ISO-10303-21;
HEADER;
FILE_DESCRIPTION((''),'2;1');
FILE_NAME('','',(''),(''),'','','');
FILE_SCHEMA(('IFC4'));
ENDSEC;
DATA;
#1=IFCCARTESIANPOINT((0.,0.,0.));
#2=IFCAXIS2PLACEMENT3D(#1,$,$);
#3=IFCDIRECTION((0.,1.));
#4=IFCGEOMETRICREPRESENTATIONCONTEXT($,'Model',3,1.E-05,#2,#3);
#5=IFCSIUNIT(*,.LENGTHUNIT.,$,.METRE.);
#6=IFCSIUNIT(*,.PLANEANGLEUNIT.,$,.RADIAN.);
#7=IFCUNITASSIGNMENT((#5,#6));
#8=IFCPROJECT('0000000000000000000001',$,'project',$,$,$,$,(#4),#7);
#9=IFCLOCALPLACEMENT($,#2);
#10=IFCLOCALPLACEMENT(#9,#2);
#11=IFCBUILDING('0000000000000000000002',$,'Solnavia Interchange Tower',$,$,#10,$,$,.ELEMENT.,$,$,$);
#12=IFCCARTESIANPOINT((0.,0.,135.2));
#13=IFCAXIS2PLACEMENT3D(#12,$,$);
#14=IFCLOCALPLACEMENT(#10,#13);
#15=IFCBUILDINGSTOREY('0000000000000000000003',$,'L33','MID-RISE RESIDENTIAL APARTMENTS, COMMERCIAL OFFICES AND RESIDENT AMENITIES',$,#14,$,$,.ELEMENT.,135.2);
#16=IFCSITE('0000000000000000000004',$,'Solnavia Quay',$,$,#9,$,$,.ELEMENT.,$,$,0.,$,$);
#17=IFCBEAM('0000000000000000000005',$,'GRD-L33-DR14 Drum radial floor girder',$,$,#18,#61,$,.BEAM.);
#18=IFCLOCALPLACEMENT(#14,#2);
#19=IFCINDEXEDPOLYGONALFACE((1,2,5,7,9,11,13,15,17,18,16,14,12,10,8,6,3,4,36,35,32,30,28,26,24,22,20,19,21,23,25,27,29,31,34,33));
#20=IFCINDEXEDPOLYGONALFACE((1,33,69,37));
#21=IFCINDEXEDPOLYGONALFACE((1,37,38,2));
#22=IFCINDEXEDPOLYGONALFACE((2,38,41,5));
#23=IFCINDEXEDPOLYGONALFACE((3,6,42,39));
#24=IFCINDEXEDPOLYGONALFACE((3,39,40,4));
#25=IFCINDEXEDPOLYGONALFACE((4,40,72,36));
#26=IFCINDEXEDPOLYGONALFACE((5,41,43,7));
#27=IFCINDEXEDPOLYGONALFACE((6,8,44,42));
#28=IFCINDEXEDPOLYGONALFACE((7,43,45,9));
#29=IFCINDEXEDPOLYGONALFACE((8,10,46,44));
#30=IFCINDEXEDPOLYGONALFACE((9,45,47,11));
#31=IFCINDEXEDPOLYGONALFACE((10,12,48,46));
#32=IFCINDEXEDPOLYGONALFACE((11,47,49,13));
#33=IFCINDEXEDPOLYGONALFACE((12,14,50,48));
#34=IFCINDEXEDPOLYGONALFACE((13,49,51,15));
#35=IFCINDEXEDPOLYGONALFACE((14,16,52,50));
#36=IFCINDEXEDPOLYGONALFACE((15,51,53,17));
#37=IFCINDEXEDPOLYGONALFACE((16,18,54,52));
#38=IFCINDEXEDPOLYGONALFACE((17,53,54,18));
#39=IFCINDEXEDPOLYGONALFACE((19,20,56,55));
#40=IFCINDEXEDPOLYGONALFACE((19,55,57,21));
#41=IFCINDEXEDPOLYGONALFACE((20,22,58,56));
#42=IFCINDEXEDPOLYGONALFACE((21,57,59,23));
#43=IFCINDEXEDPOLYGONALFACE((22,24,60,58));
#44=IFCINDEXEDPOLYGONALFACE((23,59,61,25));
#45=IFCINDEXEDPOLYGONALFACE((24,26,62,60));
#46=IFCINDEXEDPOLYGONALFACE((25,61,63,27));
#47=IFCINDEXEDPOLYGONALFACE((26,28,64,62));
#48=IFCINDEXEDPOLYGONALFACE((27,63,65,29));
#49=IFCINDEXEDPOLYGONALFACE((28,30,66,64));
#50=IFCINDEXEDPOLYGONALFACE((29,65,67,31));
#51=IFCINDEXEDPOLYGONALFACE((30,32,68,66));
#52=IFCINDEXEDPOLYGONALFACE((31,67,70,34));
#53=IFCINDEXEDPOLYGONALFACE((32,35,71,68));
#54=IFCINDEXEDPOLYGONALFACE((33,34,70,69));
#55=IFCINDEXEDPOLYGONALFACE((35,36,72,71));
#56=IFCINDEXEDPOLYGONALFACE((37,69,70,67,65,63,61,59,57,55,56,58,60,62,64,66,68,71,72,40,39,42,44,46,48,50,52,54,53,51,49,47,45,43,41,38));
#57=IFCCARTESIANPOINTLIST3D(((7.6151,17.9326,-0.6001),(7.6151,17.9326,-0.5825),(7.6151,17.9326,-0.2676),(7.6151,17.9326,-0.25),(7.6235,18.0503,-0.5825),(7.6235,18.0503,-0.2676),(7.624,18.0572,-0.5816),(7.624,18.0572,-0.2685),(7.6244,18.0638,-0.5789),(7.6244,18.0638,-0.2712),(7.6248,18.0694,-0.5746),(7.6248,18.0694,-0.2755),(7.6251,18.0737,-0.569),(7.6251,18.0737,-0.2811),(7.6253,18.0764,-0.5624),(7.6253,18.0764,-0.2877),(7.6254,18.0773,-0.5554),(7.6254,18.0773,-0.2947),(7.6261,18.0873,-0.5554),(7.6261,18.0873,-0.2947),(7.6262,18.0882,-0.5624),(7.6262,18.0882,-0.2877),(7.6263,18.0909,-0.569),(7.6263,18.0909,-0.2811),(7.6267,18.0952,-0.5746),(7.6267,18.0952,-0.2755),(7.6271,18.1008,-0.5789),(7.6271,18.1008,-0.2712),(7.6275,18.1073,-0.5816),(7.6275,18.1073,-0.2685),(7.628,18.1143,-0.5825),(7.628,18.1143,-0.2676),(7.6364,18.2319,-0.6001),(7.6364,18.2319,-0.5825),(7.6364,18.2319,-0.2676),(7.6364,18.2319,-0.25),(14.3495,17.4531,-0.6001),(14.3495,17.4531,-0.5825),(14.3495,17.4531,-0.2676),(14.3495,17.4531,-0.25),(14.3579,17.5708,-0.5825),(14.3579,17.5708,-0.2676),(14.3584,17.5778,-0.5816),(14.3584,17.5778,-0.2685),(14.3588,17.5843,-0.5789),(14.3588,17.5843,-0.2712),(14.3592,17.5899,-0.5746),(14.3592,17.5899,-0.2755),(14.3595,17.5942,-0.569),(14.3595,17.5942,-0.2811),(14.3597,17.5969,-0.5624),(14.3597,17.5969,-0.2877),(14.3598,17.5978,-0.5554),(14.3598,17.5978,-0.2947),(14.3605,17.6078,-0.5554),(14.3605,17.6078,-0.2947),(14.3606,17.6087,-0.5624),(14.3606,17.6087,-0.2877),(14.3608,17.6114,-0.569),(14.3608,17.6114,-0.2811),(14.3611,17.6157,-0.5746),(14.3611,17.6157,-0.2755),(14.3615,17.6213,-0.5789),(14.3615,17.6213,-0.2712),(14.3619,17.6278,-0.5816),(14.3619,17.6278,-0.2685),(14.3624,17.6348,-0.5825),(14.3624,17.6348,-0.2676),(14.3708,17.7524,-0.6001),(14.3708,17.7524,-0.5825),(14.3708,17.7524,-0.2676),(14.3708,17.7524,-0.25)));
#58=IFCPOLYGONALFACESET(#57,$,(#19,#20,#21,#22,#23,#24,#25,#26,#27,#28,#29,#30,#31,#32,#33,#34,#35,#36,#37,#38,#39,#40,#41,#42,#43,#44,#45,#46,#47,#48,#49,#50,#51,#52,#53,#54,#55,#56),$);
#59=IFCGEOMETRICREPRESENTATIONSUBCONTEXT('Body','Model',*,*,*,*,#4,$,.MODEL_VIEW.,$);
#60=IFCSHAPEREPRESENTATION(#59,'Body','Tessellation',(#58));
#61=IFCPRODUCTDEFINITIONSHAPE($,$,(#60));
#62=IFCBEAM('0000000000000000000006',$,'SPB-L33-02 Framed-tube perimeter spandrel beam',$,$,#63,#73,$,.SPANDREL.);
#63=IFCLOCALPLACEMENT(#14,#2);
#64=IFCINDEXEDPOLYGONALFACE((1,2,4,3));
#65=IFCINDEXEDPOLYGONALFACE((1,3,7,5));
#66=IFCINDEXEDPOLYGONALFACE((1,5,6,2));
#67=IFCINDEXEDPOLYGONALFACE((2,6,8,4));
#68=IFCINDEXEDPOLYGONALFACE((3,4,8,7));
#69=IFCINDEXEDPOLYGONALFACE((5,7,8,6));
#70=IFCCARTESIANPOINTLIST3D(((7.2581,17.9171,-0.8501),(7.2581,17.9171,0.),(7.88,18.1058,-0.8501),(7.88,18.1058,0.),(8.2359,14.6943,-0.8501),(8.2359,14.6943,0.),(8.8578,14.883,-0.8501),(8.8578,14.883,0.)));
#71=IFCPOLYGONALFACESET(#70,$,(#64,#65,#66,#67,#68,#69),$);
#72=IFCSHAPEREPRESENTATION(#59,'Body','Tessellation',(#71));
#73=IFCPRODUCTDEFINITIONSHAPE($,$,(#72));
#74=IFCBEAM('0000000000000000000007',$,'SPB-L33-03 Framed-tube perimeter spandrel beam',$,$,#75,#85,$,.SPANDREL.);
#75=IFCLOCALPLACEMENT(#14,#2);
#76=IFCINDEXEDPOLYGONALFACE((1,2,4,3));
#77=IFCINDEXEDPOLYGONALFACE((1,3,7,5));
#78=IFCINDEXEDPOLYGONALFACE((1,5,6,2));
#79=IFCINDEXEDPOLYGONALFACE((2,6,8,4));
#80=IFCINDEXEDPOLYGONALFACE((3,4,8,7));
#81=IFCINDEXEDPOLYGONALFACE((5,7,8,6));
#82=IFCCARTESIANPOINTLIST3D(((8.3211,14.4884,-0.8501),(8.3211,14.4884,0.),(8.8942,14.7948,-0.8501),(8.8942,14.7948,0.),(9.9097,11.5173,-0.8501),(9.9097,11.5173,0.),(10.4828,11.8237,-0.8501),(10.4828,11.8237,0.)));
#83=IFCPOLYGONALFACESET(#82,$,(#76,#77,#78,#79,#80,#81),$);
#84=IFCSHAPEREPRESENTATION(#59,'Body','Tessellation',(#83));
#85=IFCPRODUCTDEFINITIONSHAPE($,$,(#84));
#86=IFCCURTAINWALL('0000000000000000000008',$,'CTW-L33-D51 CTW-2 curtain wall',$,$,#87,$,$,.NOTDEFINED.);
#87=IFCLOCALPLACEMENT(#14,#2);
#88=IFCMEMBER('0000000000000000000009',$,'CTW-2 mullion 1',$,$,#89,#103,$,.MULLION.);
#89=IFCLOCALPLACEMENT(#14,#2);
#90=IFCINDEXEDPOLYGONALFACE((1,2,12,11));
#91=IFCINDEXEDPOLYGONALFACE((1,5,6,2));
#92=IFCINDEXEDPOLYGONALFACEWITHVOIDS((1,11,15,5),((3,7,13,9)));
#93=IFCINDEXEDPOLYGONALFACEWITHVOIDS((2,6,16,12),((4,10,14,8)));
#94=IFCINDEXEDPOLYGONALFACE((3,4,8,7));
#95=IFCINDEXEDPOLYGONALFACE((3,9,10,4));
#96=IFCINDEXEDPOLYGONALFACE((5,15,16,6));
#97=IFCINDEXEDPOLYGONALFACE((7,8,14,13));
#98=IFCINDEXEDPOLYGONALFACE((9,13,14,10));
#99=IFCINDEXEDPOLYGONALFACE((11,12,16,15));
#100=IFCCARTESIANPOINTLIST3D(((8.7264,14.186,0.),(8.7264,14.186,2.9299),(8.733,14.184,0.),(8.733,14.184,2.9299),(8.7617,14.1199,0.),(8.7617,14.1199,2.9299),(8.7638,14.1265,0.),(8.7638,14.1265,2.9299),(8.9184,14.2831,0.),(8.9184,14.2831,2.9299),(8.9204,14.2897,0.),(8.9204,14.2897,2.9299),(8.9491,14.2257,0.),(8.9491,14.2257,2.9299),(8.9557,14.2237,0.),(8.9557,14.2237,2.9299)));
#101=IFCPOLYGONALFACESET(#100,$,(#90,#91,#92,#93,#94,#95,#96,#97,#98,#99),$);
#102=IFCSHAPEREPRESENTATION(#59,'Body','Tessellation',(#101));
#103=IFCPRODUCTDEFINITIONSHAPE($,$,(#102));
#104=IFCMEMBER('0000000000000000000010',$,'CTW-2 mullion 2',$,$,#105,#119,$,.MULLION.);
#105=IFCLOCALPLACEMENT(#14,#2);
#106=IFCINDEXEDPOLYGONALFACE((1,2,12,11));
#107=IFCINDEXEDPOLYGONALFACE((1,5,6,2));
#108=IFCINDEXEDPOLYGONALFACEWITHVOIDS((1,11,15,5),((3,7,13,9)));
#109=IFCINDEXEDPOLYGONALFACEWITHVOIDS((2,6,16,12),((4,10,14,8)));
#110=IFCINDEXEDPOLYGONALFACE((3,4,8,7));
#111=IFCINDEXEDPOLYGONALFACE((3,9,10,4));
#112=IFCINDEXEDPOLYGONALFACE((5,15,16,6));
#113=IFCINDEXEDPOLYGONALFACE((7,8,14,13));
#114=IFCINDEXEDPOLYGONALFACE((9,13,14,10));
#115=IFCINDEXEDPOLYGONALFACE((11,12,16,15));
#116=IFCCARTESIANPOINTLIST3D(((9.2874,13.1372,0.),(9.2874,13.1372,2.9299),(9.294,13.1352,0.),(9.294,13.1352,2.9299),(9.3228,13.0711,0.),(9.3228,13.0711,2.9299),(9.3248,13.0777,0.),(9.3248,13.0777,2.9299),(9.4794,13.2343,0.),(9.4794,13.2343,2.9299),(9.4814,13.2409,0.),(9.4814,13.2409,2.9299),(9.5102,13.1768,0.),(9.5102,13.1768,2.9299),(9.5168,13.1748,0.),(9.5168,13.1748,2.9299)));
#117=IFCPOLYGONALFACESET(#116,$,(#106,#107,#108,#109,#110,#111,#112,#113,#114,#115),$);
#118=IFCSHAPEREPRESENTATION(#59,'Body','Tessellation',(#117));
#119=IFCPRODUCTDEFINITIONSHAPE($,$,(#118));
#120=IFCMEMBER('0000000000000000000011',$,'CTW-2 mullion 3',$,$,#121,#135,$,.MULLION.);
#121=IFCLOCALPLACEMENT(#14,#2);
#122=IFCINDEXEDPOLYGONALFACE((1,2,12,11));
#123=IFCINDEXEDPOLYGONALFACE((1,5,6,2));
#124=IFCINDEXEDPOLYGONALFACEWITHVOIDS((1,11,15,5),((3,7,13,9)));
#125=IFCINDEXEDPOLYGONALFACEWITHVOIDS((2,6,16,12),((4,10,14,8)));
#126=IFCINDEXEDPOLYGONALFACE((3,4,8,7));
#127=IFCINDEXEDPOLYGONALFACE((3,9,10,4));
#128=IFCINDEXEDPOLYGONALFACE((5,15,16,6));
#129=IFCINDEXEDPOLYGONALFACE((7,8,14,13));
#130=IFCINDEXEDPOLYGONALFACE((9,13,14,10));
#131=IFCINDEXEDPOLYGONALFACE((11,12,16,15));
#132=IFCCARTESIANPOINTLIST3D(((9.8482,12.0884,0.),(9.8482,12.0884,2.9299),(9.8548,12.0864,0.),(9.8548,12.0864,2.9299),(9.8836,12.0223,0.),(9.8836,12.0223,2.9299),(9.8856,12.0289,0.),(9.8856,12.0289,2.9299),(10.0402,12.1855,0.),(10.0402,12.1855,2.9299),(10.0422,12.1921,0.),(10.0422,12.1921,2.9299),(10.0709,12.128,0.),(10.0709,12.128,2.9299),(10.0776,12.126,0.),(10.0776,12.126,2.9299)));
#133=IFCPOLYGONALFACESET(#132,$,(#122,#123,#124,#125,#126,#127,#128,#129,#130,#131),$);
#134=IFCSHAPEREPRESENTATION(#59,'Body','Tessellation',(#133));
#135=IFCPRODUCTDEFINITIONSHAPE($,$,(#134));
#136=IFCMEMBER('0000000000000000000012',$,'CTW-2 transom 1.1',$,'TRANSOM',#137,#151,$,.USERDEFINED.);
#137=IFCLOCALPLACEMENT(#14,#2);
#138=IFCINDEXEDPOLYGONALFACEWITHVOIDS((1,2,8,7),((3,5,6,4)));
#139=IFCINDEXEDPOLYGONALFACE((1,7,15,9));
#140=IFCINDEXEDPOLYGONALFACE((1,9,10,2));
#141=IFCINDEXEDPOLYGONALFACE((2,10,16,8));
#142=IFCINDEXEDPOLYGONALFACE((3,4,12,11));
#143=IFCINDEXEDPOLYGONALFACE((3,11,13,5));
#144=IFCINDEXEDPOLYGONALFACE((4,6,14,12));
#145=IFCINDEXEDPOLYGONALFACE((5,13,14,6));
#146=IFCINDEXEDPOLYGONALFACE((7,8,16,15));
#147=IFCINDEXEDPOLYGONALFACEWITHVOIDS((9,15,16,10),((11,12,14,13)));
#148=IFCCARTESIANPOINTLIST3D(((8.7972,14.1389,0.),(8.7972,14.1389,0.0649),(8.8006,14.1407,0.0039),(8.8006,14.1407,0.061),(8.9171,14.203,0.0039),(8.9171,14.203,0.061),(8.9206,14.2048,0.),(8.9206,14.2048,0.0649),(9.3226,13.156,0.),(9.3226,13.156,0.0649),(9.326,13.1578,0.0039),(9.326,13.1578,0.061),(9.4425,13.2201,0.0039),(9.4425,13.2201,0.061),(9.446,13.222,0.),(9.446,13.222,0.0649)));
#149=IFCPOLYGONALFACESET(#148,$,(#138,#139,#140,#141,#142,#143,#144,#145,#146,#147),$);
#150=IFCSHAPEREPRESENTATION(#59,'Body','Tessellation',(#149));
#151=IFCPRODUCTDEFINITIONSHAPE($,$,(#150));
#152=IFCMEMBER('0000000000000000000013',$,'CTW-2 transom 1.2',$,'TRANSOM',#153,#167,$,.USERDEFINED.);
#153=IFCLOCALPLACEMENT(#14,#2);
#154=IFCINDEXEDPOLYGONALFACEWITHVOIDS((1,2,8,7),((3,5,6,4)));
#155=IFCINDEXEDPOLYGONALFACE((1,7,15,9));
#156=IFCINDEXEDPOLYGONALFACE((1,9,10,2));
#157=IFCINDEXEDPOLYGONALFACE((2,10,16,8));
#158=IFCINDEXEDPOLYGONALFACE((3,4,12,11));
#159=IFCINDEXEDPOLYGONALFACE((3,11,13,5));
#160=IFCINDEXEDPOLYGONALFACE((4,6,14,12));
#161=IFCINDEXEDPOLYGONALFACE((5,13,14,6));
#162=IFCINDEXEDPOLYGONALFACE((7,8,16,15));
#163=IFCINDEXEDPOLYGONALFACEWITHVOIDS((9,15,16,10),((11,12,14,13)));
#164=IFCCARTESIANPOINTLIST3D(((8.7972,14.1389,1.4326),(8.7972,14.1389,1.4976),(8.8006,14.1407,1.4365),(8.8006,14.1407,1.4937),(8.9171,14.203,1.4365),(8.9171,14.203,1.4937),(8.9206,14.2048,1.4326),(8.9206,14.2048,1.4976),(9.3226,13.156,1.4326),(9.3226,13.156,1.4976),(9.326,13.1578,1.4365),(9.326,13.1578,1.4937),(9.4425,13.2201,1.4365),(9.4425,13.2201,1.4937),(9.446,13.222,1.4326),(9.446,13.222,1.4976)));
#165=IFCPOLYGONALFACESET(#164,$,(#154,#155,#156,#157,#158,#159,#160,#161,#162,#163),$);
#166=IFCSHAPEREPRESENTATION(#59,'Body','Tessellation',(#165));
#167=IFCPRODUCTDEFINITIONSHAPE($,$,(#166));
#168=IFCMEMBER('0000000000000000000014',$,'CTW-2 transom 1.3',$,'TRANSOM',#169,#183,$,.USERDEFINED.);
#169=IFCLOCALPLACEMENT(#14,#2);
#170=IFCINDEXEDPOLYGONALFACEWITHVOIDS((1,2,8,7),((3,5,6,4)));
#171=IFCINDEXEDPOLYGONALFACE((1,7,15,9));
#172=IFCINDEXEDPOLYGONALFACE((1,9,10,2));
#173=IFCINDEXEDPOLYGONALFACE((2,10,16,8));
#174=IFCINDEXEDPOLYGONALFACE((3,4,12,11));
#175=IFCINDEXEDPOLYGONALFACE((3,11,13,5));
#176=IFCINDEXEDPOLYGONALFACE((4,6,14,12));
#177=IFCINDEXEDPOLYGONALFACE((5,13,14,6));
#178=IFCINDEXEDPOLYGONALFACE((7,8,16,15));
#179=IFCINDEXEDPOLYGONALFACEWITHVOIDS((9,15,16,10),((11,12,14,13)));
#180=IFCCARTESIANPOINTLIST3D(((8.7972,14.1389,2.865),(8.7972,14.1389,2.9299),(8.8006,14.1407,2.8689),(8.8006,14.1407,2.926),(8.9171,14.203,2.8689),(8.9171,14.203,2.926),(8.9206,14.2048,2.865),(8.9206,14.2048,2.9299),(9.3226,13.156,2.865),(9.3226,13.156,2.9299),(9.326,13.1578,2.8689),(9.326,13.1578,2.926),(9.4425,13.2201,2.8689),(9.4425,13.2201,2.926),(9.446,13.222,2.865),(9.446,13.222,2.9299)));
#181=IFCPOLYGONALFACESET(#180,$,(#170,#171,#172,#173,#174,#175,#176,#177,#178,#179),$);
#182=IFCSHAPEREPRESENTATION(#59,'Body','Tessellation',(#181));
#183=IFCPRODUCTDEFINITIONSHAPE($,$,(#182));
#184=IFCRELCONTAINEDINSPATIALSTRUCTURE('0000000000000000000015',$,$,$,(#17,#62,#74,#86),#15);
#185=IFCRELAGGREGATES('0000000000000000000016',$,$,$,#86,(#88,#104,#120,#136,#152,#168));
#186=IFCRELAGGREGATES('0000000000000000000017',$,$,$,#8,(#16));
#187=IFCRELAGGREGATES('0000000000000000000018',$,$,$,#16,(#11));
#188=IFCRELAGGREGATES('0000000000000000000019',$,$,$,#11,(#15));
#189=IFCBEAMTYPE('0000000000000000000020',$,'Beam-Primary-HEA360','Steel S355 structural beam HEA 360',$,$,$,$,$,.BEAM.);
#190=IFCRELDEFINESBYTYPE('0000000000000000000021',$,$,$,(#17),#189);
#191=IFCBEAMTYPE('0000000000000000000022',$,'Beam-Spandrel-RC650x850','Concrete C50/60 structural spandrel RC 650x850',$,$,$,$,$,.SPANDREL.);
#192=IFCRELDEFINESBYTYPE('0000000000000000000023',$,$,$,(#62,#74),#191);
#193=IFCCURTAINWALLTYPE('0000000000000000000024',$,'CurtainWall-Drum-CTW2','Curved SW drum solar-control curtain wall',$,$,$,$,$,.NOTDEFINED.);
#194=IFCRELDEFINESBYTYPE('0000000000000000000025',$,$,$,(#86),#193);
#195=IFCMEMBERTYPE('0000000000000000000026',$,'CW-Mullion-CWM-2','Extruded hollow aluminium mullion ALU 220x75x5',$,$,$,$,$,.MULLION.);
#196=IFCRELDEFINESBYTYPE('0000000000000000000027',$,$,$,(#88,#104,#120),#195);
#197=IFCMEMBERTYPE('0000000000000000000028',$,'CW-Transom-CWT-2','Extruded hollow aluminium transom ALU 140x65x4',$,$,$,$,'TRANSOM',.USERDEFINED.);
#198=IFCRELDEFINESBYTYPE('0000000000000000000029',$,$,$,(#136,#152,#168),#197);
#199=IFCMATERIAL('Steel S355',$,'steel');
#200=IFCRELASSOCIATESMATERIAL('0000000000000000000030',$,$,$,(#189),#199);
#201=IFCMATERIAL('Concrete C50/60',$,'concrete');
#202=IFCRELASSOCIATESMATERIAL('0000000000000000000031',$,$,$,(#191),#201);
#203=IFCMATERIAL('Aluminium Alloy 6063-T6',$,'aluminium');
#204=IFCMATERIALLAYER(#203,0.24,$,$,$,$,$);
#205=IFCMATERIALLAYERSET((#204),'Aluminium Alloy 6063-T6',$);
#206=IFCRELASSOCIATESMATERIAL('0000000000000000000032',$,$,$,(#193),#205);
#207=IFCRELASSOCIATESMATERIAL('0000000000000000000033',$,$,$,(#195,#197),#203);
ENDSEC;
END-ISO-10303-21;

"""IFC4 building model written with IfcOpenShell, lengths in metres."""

from ifc_helpers import new_model, si_unit, direction, frame, origin, origin_2d, place, context, subcontext, project, spatial, rectangle, hollow_rectangle, i_section, extrude, material, layer, layer_set, material_profile, profile_set, type_object, element, aggregate, save


model = new_model("IFC4")

# Units and contexts
model_context = context("Model", 3, precision=1e-05, world=origin(), true_north=direction((0.0, 1.0)))
body_context = subcontext(model_context, "Body", "Model", "MODEL_VIEW")
ifc_project = project(units=[si_unit("LENGTHUNIT", "METRE"), si_unit("PLANEANGLEUNIT", "RADIAN")], contexts=[model_context])

# Site, building, storey
site_placement = place(None, origin())
site = spatial("IfcSite", under=ifc_project, at=site_placement, Name="Solnavia Quay", CompositionType="ELEMENT", RefElevation=0.0)
building_placement = place(site_placement, origin())
building = spatial("IfcBuilding", under=site, at=building_placement, Name="Solnavia Interchange Tower", CompositionType="ELEMENT")
storey_placement = place(building_placement, frame((0.0, 0.0, 135.2)))
storey = spatial("IfcBuildingStorey", under=building, at=storey_placement, Name="L33", Description="MID-RISE RESIDENTIAL APARTMENTS, COMMERCIAL OFFICES AND RESIDENT AMENITIES", CompositionType="ELEMENT", Elevation=135.2)

# Shared definitions
ifc_material_1 = material(Name="Concrete C50/60", Category="concrete")

# Beams
ifc_material_2 = material(Name="Steel S355", Category="steel")
ifc_material_profile_1 = material_profile(ifc_material_2, i_section(OverallWidth=0.3, OverallDepth=0.3501, WebThickness=0.01, FlangeThickness=0.0176, FilletRadius=0.0271, at=origin_2d()), Name="HEA 360")
ifc_profile_set_1 = profile_set([ifc_material_profile_1], Name="Steel S355")
beam_type_1 = type_object("IfcBeamType", Name="Beam-Primary-HEA360", Description="Steel S355 structural beam HEA 360", PredefinedType="BEAM", material=ifc_profile_set_1)
beam_1_placement = place(storey_placement, frame((7.6257, 18.0823, -0.425), z_axis=(0.997475, -0.071021, 0.0), x_axis=(0.071021, 0.997475, 0.0)))
element("IfcBeam", 1, at=beam_1_placement, inside=storey, type_object=beam_type_1, Name="GRD-L33-DR14 Drum radial floor girder", PredefinedType="BEAM", context=body_context, shape_type="SweptSolid", body=[
    extrude(i_section(OverallWidth=0.3, OverallDepth=0.3501, WebThickness=0.01, FlangeThickness=0.0176, FilletRadius=0.0271, at=origin_2d()), origin(), (0.0, 0.0, 1.0), 6.7515),
])
ifc_material_profile_2 = material_profile(ifc_material_1, rectangle(XDim=0.6499, YDim=0.8501, at=origin_2d()), Name="RC 650x850")
ifc_profile_set_2 = profile_set([ifc_material_profile_2], Name="Concrete C50/60")
beam_type_2 = type_object("IfcBeamType", Name="Beam-Spandrel-RC650x850", Description="Concrete C50/60 structural spandrel RC 650x850", PredefinedType="SPANDREL", material=ifc_profile_set_2)
beam_2_placement = place(storey_placement, frame((7.5691, 18.0115, -0.425), z_axis=(0.290319, -0.95693, 0.0), x_axis=(0.95693, 0.290319, 0.0)))
element("IfcBeam", 2, at=beam_2_placement, inside=storey, type_object=beam_type_2, Name="SPB-L33-02 Framed-tube perimeter spandrel beam", PredefinedType="SPANDREL", context=body_context, shape_type="SweptSolid", body=[
    extrude(rectangle(XDim=0.6499, YDim=0.8501, at=origin_2d()), origin(), (0.0, 0.0, 1.0), 3.3679),
])
beam_3_placement = place(storey_placement, frame((8.6077, 14.6416, -0.425), z_axis=(0.471509, -0.881861, 0.0), x_axis=(0.881861, 0.471509, 0.0)))
element("IfcBeam", 3, at=beam_3_placement, inside=storey, type_object=beam_type_2, Name="SPB-L33-03 Framed-tube perimeter spandrel beam", PredefinedType="SPANDREL", context=body_context, shape_type="SweptSolid", body=[
    extrude(rectangle(XDim=0.6499, YDim=0.8501, at=origin_2d()), origin(), (0.0, 0.0, 1.0), 3.3691),
])

# Curtain wall, members
ifc_material_3 = material(Name="Aluminium Alloy 6063-T6", Category="aluminium")
ifc_layer_1 = layer(ifc_material_3, 0.24)
ifc_layer_set_1 = layer_set([ifc_layer_1], Name="Aluminium Alloy 6063-T6")
curtain_wall_type = type_object("IfcCurtainWallType", Name="CurtainWall-Drum-CTW2", Description="Curved SW drum solar-control curtain wall", PredefinedType="NOTDEFINED", material=ifc_layer_set_1)
curtain_wall_placement = place(storey_placement, origin())
curtain_wall = element("IfcCurtainWall", 4, at=curtain_wall_placement, inside=storey, type_object=curtain_wall_type, Name="CTW-L33-D51 CTW-2 curtain wall", PredefinedType="NOTDEFINED")
ifc_material_profile_3 = material_profile(ifc_material_3, hollow_rectangle(XDim=0.075, YDim=0.22, WallThickness=0.0049, at=origin_2d()), Name="ALU 220x75x5")
ifc_profile_set_3 = profile_set([ifc_material_profile_3], Name="Aluminium Alloy 6063-T6")
member_type_1 = type_object("IfcMemberType", Name="CW-Mullion-CWM-2", Description="Extruded hollow aluminium mullion ALU 220x75x5", PredefinedType="MULLION", material=ifc_profile_set_3)
member_1_placement = place(storey_placement, frame((8.8411, 14.2048, 0.0), z_axis=(0.0, 0.0, 1.0), x_axis=(0.471561, -0.881834, 0.0)))
member_1 = element("IfcMember", 5, at=member_1_placement, type_object=member_type_1, Name="CTW-2 mullion 1", PredefinedType="MULLION", context=body_context, shape_type="SweptSolid", body=[
    extrude(hollow_rectangle(XDim=0.075, YDim=0.22, WallThickness=0.0049, at=origin_2d()), origin(), (0.0, 0.0, 1.0), 2.9299),
])
member_2_placement = place(storey_placement, frame((9.4021, 13.156, 0.0), z_axis=(0.0, 0.0, 1.0), x_axis=(0.471561, -0.881834, 0.0)))
member_2 = element("IfcMember", 6, at=member_2_placement, type_object=member_type_1, Name="CTW-2 mullion 2", PredefinedType="MULLION", context=body_context, shape_type="SweptSolid", body=[
    extrude(hollow_rectangle(XDim=0.075, YDim=0.22, WallThickness=0.0049, at=origin_2d()), origin(), (0.0, 0.0, 1.0), 2.9299),
])
member_3_placement = place(storey_placement, frame((9.9629, 12.1072, 0.0), z_axis=(0.0, 0.0, 1.0), x_axis=(0.471561, -0.881834, 0.0)))
member_3 = element("IfcMember", 7, at=member_3_placement, type_object=member_type_1, Name="CTW-2 mullion 3", PredefinedType="MULLION", context=body_context, shape_type="SweptSolid", body=[
    extrude(hollow_rectangle(XDim=0.075, YDim=0.22, WallThickness=0.0049, at=origin_2d()), origin(), (0.0, 0.0, 1.0), 2.9299),
])
ifc_material_profile_4 = material_profile(ifc_material_3, hollow_rectangle(XDim=0.0649, YDim=0.1399, WallThickness=0.0039, at=origin_2d()), Name="ALU 140x65x4")
ifc_profile_set_4 = profile_set([ifc_material_profile_4], Name="Aluminium Alloy 6063-T6")
member_type_2 = type_object("IfcMemberType", Name="CW-Transom-CWT-2", Description="Extruded hollow aluminium transom ALU 140x65x4", ElementType="TRANSOM", PredefinedType="USERDEFINED", material=ifc_profile_set_4)
member_4_placement = place(storey_placement, frame((8.8589, 14.1719, 0.0325), z_axis=(0.471407, -0.881916, 0.0), x_axis=(0.0, 0.0, 1.0)))
member_4 = element("IfcMember", 8, at=member_4_placement, type_object=member_type_2, Name="CTW-2 transom 1.1", ObjectType="TRANSOM", PredefinedType="USERDEFINED", context=body_context, shape_type="SweptSolid", body=[
    extrude(hollow_rectangle(XDim=0.0649, YDim=0.1399, WallThickness=0.0039, at=origin_2d()), origin(), (0.0, 0.0, 1.0), 1.1145),
])
member_5_placement = place(storey_placement, frame((8.8589, 14.1719, 1.4651), z_axis=(0.471407, -0.881916, 0.0), x_axis=(0.0, 0.0, 1.0)))
member_5 = element("IfcMember", 9, at=member_5_placement, type_object=member_type_2, Name="CTW-2 transom 1.2", ObjectType="TRANSOM", PredefinedType="USERDEFINED", context=body_context, shape_type="SweptSolid", body=[
    extrude(hollow_rectangle(XDim=0.0649, YDim=0.1399, WallThickness=0.0039, at=origin_2d()), origin(), (0.0, 0.0, 1.0), 1.1145),
])
member_6_placement = place(storey_placement, frame((8.8589, 14.1719, 2.8975), z_axis=(0.471407, -0.881916, 0.0), x_axis=(0.0, 0.0, 1.0)))
member_6 = element("IfcMember", 10, at=member_6_placement, type_object=member_type_2, Name="CTW-2 transom 1.3", ObjectType="TRANSOM", PredefinedType="USERDEFINED", context=body_context, shape_type="SweptSolid", body=[
    extrude(hollow_rectangle(XDim=0.0649, YDim=0.1399, WallThickness=0.0039, at=origin_2d()), origin(), (0.0, 0.0, 1.0), 1.1145),
])
aggregate(curtain_wall, [member_1, member_2, member_3, member_4, member_5, member_6])

save(model, "model.ifc")
